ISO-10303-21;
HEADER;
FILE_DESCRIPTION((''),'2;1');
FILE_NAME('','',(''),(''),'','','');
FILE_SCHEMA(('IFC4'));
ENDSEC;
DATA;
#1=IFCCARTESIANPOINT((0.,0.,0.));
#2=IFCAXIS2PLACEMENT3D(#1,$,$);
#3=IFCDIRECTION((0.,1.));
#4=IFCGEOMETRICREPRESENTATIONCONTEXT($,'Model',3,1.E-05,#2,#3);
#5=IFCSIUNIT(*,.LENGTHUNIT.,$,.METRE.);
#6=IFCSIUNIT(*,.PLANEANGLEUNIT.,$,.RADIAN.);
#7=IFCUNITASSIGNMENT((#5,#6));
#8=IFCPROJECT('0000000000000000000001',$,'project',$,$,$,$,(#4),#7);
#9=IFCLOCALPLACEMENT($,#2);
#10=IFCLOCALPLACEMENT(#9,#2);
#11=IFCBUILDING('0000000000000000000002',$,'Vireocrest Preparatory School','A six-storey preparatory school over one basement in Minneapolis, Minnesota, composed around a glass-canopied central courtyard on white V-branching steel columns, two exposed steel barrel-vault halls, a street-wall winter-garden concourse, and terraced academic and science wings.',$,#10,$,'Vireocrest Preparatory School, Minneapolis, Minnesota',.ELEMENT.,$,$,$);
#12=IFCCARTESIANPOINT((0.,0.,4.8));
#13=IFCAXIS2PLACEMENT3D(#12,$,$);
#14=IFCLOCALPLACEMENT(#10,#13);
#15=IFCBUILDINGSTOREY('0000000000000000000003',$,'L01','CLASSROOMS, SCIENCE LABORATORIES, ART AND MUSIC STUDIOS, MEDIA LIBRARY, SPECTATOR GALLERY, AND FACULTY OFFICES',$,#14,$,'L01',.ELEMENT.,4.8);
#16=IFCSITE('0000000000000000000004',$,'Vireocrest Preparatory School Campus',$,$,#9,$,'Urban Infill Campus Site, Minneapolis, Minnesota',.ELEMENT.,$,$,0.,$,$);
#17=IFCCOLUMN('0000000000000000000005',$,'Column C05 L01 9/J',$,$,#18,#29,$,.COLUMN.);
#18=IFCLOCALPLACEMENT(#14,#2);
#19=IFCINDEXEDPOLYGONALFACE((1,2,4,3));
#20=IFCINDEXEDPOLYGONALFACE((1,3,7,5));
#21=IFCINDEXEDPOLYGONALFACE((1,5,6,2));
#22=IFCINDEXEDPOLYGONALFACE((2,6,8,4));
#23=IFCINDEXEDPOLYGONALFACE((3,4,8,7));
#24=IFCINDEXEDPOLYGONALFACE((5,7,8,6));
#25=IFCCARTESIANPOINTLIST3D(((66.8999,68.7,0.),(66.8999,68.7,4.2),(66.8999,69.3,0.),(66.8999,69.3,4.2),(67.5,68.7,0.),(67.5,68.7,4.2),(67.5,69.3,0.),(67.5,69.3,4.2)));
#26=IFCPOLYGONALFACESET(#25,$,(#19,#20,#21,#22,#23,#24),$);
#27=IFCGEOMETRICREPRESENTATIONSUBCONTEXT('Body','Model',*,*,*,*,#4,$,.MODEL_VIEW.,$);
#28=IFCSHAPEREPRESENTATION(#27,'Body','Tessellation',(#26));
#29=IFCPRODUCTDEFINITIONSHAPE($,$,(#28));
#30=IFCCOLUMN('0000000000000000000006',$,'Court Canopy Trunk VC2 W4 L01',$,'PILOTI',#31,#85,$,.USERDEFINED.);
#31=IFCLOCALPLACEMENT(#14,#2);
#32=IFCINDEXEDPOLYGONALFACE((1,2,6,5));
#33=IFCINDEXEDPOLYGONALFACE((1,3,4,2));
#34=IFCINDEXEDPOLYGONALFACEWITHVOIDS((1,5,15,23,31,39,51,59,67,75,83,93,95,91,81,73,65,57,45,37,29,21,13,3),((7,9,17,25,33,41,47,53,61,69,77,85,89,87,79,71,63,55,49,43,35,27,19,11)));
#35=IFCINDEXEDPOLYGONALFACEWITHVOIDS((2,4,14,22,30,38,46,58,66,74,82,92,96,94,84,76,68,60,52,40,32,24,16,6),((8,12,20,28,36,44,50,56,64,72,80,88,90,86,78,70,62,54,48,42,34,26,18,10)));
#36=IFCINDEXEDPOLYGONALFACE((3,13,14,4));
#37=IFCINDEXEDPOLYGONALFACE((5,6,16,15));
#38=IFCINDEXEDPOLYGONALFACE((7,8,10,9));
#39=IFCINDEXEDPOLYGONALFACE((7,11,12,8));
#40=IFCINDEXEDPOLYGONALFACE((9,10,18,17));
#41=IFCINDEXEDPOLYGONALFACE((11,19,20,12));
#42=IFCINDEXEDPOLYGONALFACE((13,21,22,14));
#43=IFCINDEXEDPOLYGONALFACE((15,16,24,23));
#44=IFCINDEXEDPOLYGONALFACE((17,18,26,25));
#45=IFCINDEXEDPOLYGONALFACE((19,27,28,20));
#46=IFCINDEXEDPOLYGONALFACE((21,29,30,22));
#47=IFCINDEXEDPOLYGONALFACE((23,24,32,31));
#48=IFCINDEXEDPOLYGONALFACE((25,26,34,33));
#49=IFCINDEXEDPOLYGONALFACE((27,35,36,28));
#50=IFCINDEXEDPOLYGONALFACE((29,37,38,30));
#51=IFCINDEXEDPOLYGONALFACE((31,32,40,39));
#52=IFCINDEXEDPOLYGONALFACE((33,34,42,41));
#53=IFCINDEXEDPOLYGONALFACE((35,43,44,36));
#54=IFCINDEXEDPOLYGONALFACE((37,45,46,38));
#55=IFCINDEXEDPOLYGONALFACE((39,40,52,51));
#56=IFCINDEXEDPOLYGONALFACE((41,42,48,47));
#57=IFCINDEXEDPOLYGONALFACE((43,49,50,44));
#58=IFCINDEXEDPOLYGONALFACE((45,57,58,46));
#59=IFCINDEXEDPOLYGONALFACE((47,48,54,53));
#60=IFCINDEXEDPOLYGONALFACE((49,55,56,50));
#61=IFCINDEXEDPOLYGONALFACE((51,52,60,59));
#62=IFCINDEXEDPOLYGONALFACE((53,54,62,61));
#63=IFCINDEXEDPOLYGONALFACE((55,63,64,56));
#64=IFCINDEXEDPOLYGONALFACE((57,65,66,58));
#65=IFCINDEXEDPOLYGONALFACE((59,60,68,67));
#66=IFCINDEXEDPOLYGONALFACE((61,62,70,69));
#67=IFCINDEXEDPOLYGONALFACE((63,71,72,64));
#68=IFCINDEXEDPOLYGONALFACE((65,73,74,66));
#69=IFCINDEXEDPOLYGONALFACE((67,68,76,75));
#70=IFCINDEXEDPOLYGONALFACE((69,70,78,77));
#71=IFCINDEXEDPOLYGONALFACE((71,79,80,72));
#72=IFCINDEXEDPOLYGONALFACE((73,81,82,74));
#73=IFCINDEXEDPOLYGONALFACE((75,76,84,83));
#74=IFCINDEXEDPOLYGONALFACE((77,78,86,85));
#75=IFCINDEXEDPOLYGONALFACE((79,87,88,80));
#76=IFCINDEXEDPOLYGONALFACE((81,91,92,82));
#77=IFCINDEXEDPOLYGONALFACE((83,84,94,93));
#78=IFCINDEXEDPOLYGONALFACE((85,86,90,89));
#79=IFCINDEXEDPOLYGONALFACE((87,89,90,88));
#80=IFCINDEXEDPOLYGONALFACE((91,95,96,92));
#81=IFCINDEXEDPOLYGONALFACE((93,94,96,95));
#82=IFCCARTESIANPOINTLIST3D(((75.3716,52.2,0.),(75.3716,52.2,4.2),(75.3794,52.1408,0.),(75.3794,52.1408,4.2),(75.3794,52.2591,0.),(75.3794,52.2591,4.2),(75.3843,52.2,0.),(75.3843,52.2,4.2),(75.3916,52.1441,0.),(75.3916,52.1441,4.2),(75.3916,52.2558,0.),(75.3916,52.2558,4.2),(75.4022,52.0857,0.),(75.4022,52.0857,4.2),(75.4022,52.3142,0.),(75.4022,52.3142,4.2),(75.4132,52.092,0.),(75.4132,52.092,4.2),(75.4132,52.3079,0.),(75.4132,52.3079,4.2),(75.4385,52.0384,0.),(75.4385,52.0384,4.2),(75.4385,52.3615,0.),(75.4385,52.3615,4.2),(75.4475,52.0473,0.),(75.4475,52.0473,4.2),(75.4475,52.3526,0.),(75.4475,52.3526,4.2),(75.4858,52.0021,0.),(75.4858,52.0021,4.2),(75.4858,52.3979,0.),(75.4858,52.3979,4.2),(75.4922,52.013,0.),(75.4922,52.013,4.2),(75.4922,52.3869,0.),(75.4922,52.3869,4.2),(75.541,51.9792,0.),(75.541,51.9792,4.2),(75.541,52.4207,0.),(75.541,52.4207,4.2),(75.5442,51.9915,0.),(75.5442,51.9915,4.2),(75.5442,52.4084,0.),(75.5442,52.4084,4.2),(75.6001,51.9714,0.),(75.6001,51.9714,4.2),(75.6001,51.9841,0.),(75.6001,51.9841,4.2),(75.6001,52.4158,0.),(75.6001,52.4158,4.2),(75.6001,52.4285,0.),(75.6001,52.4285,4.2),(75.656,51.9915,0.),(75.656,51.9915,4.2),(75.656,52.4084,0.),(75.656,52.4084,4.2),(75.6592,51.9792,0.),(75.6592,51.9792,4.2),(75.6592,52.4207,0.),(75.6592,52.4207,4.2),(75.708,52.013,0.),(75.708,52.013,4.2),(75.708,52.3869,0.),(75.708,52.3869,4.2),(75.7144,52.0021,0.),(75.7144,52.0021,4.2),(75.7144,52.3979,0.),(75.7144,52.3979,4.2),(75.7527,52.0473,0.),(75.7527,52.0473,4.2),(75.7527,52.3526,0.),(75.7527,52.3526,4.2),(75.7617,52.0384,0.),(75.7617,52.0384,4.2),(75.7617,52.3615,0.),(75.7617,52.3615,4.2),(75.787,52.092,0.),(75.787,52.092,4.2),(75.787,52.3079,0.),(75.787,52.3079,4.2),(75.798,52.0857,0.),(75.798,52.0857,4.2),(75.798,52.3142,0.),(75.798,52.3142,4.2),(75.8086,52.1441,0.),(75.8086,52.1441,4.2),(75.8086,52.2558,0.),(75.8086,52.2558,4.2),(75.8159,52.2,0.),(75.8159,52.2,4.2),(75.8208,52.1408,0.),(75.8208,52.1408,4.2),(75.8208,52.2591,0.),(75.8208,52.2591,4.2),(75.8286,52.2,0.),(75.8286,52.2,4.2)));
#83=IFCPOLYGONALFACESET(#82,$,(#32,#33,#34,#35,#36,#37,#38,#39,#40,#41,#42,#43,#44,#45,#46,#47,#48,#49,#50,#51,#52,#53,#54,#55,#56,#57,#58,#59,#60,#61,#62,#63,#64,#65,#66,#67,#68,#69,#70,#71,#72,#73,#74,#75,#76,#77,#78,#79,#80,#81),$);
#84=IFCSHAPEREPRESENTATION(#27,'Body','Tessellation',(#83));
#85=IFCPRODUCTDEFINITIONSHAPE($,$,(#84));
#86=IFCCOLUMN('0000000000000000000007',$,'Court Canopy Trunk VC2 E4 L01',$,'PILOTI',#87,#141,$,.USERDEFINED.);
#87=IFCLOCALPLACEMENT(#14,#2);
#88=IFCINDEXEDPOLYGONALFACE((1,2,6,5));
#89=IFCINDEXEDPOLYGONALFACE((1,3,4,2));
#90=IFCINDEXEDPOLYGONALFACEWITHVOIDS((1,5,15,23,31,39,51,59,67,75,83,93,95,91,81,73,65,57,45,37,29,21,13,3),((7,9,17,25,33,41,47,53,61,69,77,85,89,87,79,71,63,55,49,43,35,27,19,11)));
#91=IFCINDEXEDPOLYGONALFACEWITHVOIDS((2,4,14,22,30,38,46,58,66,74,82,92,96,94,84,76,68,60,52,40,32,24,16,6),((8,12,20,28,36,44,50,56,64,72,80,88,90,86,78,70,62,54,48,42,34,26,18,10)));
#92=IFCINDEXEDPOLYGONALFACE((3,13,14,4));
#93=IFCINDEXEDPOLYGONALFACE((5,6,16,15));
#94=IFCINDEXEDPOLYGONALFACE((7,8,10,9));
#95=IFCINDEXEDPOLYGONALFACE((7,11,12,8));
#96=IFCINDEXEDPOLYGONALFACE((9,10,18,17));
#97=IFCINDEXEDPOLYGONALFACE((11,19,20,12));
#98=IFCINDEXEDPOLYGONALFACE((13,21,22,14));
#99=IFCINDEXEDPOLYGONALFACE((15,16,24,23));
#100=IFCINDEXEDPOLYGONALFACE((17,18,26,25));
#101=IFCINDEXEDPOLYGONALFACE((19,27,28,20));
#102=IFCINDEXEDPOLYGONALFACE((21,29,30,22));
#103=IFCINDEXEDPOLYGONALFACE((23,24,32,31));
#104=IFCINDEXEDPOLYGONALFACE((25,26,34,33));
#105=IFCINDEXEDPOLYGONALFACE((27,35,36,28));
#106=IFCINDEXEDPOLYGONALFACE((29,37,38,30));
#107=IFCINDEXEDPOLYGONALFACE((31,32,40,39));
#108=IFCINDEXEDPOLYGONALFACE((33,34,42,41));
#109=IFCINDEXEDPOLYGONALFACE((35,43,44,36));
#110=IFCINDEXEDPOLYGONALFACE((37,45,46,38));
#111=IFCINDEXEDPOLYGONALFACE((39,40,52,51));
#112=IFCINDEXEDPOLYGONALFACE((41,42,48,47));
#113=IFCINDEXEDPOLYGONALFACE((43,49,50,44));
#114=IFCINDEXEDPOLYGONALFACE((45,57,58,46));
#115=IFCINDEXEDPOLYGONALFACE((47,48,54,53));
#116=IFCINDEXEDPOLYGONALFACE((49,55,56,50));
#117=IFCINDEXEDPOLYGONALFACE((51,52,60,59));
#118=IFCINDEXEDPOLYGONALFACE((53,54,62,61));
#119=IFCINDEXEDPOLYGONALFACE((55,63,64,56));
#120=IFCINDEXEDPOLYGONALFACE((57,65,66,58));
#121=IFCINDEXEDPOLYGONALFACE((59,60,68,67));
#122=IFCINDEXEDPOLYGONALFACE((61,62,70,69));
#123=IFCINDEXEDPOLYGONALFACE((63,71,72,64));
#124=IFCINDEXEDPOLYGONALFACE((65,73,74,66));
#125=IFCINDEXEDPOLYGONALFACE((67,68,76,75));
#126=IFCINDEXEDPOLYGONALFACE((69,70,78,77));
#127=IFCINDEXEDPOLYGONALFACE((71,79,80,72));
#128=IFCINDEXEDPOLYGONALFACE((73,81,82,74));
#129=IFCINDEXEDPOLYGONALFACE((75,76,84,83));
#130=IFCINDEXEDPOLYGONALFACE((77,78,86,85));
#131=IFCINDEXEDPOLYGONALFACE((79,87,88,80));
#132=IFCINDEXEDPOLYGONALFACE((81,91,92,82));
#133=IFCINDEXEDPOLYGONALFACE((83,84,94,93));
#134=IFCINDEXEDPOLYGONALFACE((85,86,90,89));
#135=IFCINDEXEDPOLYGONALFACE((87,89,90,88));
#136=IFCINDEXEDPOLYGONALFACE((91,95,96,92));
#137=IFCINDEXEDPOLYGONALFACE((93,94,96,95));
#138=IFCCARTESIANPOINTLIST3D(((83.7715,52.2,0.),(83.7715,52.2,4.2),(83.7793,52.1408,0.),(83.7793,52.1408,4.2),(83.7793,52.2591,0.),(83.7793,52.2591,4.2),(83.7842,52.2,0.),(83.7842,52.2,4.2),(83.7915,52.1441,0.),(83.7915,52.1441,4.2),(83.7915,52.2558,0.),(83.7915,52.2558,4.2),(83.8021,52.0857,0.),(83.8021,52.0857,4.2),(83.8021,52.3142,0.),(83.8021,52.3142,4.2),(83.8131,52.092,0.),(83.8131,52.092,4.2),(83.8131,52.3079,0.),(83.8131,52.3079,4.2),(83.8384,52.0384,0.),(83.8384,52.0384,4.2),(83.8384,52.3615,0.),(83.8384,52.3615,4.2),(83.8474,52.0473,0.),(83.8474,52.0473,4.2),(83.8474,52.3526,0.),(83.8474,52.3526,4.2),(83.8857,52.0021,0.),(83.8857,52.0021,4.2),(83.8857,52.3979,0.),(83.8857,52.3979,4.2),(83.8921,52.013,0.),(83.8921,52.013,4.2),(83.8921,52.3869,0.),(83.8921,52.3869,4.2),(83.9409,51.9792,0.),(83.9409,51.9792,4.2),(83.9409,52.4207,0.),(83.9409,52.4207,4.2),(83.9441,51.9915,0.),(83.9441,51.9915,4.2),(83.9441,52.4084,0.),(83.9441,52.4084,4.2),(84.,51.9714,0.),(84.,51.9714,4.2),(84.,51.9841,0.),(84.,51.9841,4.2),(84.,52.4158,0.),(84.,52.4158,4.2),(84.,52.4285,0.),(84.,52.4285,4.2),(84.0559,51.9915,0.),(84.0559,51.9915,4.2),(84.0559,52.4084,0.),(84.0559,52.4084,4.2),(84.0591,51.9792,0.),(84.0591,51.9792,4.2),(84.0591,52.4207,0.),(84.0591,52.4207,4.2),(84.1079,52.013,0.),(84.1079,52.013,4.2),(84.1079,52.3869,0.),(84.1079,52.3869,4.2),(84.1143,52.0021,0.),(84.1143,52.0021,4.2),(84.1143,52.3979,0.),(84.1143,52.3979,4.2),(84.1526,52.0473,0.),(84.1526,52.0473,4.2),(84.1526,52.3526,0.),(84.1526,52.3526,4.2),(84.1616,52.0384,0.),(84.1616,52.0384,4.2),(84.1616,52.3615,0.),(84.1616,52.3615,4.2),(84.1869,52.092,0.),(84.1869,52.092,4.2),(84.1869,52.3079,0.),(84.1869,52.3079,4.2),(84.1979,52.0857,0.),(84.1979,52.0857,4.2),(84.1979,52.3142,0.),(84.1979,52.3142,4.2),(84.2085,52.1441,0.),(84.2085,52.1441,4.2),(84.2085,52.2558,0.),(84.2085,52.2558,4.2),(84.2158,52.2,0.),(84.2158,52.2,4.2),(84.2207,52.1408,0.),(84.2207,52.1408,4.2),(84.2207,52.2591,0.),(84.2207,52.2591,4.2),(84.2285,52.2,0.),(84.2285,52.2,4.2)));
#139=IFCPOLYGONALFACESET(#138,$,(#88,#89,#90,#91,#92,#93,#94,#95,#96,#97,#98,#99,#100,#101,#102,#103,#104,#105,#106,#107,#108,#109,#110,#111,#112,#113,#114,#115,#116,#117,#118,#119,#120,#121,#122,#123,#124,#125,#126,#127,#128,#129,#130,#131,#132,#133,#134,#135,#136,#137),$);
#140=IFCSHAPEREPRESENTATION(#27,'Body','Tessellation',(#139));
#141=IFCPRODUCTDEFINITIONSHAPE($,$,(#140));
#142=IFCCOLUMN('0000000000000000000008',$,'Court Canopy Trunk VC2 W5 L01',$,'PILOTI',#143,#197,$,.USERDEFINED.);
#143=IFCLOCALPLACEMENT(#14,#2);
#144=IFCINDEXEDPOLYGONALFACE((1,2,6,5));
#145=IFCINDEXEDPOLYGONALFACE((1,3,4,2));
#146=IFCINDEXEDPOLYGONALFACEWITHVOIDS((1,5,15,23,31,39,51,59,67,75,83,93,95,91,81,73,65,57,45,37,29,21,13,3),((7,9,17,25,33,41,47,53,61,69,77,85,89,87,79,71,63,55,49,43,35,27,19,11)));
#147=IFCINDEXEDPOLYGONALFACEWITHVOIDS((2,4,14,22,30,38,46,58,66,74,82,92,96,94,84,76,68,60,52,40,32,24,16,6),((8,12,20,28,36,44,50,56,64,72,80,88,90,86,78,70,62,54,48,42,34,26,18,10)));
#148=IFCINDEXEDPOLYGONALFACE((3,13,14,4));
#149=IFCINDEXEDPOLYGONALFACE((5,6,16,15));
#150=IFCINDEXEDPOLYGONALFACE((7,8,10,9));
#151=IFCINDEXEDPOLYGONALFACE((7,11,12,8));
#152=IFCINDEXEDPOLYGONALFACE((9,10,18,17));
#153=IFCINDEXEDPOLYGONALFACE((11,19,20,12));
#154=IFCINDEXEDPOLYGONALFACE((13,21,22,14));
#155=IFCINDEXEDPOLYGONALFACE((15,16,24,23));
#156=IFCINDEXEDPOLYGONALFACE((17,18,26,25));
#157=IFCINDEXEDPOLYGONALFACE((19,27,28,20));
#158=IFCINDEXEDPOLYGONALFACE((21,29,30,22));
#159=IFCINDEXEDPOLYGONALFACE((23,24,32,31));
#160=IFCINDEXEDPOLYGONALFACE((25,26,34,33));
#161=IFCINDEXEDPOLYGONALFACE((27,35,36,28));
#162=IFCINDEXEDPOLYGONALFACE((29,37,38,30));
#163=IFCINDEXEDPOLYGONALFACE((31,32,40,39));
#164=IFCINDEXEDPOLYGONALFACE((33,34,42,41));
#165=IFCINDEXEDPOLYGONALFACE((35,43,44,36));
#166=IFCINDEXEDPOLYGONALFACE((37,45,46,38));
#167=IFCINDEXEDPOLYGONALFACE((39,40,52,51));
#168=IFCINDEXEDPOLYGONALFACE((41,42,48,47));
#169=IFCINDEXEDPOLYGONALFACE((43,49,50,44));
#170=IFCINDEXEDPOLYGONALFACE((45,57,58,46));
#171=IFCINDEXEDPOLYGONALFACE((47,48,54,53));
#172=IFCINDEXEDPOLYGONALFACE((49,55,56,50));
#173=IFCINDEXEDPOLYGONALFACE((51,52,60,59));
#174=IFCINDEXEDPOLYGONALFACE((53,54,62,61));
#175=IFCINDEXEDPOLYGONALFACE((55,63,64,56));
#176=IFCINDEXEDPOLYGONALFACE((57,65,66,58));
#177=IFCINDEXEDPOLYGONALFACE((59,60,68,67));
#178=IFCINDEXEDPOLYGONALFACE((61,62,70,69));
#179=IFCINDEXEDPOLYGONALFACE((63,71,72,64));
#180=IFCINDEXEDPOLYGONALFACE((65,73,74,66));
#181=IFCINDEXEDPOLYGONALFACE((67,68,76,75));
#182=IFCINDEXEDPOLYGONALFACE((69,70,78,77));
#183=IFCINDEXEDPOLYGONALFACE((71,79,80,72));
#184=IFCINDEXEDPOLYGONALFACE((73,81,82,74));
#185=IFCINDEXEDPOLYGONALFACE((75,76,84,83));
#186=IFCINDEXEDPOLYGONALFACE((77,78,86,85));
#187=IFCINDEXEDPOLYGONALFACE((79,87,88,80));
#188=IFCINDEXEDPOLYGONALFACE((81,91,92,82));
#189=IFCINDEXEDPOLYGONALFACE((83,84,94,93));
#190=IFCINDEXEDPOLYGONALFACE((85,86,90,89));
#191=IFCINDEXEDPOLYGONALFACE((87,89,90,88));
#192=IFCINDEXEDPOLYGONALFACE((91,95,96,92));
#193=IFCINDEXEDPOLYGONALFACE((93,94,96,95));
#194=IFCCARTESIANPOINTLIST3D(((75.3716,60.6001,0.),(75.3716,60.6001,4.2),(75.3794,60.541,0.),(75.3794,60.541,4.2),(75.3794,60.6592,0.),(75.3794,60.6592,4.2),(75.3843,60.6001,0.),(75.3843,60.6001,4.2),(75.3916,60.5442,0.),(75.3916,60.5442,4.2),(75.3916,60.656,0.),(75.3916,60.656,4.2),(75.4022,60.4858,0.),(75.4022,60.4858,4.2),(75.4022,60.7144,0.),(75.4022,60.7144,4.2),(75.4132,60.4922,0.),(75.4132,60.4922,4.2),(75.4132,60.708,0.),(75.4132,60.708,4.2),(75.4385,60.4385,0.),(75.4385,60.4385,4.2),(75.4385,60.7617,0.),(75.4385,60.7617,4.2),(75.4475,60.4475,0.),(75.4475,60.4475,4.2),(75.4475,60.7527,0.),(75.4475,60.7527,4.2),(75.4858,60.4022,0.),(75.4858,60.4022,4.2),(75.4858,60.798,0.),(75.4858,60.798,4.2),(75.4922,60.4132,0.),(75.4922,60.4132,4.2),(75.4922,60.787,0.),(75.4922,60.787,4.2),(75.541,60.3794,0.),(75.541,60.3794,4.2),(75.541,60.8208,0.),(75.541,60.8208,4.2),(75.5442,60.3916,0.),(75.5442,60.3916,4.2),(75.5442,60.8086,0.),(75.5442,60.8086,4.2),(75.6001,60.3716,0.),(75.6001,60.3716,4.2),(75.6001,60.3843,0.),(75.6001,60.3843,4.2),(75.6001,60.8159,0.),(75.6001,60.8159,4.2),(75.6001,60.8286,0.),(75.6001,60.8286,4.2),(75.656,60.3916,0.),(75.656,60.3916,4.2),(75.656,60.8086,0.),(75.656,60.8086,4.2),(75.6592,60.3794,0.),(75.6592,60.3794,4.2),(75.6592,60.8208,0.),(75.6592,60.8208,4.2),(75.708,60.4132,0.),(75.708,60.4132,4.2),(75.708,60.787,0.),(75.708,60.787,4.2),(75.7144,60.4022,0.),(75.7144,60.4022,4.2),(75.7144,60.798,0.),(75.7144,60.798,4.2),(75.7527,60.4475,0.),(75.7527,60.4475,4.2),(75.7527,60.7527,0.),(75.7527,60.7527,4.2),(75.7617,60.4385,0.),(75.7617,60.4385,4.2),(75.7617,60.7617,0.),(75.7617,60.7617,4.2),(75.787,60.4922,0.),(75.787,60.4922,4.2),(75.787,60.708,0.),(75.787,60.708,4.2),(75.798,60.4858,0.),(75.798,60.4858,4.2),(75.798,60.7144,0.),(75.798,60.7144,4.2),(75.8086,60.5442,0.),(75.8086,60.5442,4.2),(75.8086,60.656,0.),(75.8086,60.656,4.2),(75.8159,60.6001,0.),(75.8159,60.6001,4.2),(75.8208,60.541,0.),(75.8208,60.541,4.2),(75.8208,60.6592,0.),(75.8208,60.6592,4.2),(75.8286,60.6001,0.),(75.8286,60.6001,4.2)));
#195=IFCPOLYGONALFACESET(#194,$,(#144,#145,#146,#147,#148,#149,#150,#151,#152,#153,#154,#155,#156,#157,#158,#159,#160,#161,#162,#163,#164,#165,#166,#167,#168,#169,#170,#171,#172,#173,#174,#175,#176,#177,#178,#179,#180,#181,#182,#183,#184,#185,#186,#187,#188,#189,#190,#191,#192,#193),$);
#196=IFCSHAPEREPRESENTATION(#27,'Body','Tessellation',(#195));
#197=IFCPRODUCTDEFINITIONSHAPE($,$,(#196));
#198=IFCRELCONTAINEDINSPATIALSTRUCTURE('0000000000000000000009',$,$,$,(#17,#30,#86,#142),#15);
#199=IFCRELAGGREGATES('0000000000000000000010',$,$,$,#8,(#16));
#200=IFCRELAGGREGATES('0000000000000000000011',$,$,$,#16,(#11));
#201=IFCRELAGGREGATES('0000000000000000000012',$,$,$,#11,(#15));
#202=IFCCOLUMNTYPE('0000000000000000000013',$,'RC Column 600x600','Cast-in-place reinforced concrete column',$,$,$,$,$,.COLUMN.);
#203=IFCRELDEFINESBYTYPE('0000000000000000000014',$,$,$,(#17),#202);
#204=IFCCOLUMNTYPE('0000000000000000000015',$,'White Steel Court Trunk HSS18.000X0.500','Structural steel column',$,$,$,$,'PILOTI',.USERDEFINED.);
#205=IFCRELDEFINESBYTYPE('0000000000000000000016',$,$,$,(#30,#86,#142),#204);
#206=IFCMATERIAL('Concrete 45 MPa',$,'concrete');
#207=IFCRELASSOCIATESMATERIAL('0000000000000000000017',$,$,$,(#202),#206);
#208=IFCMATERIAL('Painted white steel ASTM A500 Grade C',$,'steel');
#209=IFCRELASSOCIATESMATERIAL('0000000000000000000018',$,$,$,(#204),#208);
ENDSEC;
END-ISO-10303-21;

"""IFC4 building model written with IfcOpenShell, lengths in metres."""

from ifc_helpers import new_model, si_unit, direction, frame, origin, origin_2d, place, context, subcontext, project, spatial, rectangle, hollow_circle, extrude, material, material_profile, profile_set, type_object, element, save


model = new_model("IFC4")

# Units and contexts
model_context = context("Model", 3, precision=1e-05, world=origin(), true_north=direction((0.0, 1.0)))
body_context = subcontext(model_context, "Body", "Model", "MODEL_VIEW")
ifc_project = project(units=[si_unit("LENGTHUNIT", "METRE"), si_unit("PLANEANGLEUNIT", "RADIAN")], contexts=[model_context])

# Site, building, storey
site_placement = place(None, origin())
site = spatial("IfcSite", under=ifc_project, at=site_placement, Name="Vireocrest Preparatory School Campus", LongName="Urban Infill Campus Site, Minneapolis, Minnesota", CompositionType="ELEMENT", RefElevation=0.0)
building_placement = place(site_placement, origin())
building = spatial("IfcBuilding", under=site, at=building_placement, Name="Vireocrest Preparatory School", Description="A six-storey preparatory school over one basement in Minneapolis, Minnesota, composed around a glass-canopied central courtyard on white V-branching steel columns, two exposed steel barrel-vault halls, a street-wall winter-garden concourse, and terraced academic and science wings.", LongName="Vireocrest Preparatory School, Minneapolis, Minnesota", CompositionType="ELEMENT")
storey_placement = place(building_placement, frame((0.0, 0.0, 4.8)))
storey = spatial("IfcBuildingStorey", under=building, at=storey_placement, Name="L01", Description="CLASSROOMS, SCIENCE LABORATORIES, ART AND MUSIC STUDIOS, MEDIA LIBRARY, SPECTATOR GALLERY, AND FACULTY OFFICES", LongName="L01", CompositionType="ELEMENT", Elevation=4.8)

# Columns
ifc_material_1 = material(Name="Concrete 45 MPa", Category="concrete")
ifc_material_profile_1 = material_profile(ifc_material_1, rectangle(XDim=0.6001, YDim=0.6001, at=origin_2d()), Name="RC 600x600")
ifc_profile_set_1 = profile_set([ifc_material_profile_1], Name="Concrete 45 MPa")
column_type_1 = type_object("IfcColumnType", Name="RC Column 600x600", Description="Cast-in-place reinforced concrete column", PredefinedType="COLUMN", material=ifc_profile_set_1)
column_placement = place(storey_placement, frame((67.2, 69.0, 0.0), z_axis=(0.0, 0.0, 1.0), x_axis=(1.0, 0.0, 0.0)))
element("IfcColumn", 1, at=column_placement, inside=storey, type_object=column_type_1, Name="Column C05 L01 9/J", PredefinedType="COLUMN", context=body_context, shape_type="SweptSolid", body=[
    extrude(rectangle(XDim=0.6001, YDim=0.6001, at=origin_2d()), origin(), (0.0, 0.0, 1.0), 4.2),
])
ifc_material_2 = material(Name="Painted white steel ASTM A500 Grade C", Category="steel")
ifc_material_profile_2 = material_profile(ifc_material_2, hollow_circle(Radius=0.2285, WallThickness=0.0127, at=origin_2d()), Name="HSS18.000X0.500")
ifc_profile_set_2 = profile_set([ifc_material_profile_2], Name="Painted white steel ASTM A500 Grade C")
column_type_2 = type_object("IfcColumnType", Name="White Steel Court Trunk HSS18.000X0.500", Description="Structural steel column", ElementType="PILOTI", PredefinedType="USERDEFINED", material=ifc_profile_set_2)
for number, where, z_axis, x_axis, name in (
    (2, (75.6001, 52.2, 0.0), (0.0, 0.0, 1.0), (1.0, 0.0, 0.0), "Court Canopy Trunk VC2 W4 L01"),
    (3, (84.0, 52.2, 0.0), (0.0, 0.0, 1.0), (1.0, 0.0, 0.0), "Court Canopy Trunk VC2 E4 L01"),
    (4, (75.6001, 60.6001, 0.0), (0.0, 0.0, 1.0), (1.0, 0.0, 0.0), "Court Canopy Trunk VC2 W5 L01"),
):
    element("IfcColumn", number, at=place(storey_placement, frame(where, z_axis=z_axis, x_axis=x_axis)), inside=storey, type_object=column_type_2, Name=name, ObjectType="PILOTI", PredefinedType="USERDEFINED", context=body_context, shape_type="SweptSolid", body=[
        extrude(hollow_circle(Radius=0.2285, WallThickness=0.0127, at=origin_2d()), origin(), (0.0, 0.0, 1.0), 4.2),
    ])

save(model, "model.ifc")
